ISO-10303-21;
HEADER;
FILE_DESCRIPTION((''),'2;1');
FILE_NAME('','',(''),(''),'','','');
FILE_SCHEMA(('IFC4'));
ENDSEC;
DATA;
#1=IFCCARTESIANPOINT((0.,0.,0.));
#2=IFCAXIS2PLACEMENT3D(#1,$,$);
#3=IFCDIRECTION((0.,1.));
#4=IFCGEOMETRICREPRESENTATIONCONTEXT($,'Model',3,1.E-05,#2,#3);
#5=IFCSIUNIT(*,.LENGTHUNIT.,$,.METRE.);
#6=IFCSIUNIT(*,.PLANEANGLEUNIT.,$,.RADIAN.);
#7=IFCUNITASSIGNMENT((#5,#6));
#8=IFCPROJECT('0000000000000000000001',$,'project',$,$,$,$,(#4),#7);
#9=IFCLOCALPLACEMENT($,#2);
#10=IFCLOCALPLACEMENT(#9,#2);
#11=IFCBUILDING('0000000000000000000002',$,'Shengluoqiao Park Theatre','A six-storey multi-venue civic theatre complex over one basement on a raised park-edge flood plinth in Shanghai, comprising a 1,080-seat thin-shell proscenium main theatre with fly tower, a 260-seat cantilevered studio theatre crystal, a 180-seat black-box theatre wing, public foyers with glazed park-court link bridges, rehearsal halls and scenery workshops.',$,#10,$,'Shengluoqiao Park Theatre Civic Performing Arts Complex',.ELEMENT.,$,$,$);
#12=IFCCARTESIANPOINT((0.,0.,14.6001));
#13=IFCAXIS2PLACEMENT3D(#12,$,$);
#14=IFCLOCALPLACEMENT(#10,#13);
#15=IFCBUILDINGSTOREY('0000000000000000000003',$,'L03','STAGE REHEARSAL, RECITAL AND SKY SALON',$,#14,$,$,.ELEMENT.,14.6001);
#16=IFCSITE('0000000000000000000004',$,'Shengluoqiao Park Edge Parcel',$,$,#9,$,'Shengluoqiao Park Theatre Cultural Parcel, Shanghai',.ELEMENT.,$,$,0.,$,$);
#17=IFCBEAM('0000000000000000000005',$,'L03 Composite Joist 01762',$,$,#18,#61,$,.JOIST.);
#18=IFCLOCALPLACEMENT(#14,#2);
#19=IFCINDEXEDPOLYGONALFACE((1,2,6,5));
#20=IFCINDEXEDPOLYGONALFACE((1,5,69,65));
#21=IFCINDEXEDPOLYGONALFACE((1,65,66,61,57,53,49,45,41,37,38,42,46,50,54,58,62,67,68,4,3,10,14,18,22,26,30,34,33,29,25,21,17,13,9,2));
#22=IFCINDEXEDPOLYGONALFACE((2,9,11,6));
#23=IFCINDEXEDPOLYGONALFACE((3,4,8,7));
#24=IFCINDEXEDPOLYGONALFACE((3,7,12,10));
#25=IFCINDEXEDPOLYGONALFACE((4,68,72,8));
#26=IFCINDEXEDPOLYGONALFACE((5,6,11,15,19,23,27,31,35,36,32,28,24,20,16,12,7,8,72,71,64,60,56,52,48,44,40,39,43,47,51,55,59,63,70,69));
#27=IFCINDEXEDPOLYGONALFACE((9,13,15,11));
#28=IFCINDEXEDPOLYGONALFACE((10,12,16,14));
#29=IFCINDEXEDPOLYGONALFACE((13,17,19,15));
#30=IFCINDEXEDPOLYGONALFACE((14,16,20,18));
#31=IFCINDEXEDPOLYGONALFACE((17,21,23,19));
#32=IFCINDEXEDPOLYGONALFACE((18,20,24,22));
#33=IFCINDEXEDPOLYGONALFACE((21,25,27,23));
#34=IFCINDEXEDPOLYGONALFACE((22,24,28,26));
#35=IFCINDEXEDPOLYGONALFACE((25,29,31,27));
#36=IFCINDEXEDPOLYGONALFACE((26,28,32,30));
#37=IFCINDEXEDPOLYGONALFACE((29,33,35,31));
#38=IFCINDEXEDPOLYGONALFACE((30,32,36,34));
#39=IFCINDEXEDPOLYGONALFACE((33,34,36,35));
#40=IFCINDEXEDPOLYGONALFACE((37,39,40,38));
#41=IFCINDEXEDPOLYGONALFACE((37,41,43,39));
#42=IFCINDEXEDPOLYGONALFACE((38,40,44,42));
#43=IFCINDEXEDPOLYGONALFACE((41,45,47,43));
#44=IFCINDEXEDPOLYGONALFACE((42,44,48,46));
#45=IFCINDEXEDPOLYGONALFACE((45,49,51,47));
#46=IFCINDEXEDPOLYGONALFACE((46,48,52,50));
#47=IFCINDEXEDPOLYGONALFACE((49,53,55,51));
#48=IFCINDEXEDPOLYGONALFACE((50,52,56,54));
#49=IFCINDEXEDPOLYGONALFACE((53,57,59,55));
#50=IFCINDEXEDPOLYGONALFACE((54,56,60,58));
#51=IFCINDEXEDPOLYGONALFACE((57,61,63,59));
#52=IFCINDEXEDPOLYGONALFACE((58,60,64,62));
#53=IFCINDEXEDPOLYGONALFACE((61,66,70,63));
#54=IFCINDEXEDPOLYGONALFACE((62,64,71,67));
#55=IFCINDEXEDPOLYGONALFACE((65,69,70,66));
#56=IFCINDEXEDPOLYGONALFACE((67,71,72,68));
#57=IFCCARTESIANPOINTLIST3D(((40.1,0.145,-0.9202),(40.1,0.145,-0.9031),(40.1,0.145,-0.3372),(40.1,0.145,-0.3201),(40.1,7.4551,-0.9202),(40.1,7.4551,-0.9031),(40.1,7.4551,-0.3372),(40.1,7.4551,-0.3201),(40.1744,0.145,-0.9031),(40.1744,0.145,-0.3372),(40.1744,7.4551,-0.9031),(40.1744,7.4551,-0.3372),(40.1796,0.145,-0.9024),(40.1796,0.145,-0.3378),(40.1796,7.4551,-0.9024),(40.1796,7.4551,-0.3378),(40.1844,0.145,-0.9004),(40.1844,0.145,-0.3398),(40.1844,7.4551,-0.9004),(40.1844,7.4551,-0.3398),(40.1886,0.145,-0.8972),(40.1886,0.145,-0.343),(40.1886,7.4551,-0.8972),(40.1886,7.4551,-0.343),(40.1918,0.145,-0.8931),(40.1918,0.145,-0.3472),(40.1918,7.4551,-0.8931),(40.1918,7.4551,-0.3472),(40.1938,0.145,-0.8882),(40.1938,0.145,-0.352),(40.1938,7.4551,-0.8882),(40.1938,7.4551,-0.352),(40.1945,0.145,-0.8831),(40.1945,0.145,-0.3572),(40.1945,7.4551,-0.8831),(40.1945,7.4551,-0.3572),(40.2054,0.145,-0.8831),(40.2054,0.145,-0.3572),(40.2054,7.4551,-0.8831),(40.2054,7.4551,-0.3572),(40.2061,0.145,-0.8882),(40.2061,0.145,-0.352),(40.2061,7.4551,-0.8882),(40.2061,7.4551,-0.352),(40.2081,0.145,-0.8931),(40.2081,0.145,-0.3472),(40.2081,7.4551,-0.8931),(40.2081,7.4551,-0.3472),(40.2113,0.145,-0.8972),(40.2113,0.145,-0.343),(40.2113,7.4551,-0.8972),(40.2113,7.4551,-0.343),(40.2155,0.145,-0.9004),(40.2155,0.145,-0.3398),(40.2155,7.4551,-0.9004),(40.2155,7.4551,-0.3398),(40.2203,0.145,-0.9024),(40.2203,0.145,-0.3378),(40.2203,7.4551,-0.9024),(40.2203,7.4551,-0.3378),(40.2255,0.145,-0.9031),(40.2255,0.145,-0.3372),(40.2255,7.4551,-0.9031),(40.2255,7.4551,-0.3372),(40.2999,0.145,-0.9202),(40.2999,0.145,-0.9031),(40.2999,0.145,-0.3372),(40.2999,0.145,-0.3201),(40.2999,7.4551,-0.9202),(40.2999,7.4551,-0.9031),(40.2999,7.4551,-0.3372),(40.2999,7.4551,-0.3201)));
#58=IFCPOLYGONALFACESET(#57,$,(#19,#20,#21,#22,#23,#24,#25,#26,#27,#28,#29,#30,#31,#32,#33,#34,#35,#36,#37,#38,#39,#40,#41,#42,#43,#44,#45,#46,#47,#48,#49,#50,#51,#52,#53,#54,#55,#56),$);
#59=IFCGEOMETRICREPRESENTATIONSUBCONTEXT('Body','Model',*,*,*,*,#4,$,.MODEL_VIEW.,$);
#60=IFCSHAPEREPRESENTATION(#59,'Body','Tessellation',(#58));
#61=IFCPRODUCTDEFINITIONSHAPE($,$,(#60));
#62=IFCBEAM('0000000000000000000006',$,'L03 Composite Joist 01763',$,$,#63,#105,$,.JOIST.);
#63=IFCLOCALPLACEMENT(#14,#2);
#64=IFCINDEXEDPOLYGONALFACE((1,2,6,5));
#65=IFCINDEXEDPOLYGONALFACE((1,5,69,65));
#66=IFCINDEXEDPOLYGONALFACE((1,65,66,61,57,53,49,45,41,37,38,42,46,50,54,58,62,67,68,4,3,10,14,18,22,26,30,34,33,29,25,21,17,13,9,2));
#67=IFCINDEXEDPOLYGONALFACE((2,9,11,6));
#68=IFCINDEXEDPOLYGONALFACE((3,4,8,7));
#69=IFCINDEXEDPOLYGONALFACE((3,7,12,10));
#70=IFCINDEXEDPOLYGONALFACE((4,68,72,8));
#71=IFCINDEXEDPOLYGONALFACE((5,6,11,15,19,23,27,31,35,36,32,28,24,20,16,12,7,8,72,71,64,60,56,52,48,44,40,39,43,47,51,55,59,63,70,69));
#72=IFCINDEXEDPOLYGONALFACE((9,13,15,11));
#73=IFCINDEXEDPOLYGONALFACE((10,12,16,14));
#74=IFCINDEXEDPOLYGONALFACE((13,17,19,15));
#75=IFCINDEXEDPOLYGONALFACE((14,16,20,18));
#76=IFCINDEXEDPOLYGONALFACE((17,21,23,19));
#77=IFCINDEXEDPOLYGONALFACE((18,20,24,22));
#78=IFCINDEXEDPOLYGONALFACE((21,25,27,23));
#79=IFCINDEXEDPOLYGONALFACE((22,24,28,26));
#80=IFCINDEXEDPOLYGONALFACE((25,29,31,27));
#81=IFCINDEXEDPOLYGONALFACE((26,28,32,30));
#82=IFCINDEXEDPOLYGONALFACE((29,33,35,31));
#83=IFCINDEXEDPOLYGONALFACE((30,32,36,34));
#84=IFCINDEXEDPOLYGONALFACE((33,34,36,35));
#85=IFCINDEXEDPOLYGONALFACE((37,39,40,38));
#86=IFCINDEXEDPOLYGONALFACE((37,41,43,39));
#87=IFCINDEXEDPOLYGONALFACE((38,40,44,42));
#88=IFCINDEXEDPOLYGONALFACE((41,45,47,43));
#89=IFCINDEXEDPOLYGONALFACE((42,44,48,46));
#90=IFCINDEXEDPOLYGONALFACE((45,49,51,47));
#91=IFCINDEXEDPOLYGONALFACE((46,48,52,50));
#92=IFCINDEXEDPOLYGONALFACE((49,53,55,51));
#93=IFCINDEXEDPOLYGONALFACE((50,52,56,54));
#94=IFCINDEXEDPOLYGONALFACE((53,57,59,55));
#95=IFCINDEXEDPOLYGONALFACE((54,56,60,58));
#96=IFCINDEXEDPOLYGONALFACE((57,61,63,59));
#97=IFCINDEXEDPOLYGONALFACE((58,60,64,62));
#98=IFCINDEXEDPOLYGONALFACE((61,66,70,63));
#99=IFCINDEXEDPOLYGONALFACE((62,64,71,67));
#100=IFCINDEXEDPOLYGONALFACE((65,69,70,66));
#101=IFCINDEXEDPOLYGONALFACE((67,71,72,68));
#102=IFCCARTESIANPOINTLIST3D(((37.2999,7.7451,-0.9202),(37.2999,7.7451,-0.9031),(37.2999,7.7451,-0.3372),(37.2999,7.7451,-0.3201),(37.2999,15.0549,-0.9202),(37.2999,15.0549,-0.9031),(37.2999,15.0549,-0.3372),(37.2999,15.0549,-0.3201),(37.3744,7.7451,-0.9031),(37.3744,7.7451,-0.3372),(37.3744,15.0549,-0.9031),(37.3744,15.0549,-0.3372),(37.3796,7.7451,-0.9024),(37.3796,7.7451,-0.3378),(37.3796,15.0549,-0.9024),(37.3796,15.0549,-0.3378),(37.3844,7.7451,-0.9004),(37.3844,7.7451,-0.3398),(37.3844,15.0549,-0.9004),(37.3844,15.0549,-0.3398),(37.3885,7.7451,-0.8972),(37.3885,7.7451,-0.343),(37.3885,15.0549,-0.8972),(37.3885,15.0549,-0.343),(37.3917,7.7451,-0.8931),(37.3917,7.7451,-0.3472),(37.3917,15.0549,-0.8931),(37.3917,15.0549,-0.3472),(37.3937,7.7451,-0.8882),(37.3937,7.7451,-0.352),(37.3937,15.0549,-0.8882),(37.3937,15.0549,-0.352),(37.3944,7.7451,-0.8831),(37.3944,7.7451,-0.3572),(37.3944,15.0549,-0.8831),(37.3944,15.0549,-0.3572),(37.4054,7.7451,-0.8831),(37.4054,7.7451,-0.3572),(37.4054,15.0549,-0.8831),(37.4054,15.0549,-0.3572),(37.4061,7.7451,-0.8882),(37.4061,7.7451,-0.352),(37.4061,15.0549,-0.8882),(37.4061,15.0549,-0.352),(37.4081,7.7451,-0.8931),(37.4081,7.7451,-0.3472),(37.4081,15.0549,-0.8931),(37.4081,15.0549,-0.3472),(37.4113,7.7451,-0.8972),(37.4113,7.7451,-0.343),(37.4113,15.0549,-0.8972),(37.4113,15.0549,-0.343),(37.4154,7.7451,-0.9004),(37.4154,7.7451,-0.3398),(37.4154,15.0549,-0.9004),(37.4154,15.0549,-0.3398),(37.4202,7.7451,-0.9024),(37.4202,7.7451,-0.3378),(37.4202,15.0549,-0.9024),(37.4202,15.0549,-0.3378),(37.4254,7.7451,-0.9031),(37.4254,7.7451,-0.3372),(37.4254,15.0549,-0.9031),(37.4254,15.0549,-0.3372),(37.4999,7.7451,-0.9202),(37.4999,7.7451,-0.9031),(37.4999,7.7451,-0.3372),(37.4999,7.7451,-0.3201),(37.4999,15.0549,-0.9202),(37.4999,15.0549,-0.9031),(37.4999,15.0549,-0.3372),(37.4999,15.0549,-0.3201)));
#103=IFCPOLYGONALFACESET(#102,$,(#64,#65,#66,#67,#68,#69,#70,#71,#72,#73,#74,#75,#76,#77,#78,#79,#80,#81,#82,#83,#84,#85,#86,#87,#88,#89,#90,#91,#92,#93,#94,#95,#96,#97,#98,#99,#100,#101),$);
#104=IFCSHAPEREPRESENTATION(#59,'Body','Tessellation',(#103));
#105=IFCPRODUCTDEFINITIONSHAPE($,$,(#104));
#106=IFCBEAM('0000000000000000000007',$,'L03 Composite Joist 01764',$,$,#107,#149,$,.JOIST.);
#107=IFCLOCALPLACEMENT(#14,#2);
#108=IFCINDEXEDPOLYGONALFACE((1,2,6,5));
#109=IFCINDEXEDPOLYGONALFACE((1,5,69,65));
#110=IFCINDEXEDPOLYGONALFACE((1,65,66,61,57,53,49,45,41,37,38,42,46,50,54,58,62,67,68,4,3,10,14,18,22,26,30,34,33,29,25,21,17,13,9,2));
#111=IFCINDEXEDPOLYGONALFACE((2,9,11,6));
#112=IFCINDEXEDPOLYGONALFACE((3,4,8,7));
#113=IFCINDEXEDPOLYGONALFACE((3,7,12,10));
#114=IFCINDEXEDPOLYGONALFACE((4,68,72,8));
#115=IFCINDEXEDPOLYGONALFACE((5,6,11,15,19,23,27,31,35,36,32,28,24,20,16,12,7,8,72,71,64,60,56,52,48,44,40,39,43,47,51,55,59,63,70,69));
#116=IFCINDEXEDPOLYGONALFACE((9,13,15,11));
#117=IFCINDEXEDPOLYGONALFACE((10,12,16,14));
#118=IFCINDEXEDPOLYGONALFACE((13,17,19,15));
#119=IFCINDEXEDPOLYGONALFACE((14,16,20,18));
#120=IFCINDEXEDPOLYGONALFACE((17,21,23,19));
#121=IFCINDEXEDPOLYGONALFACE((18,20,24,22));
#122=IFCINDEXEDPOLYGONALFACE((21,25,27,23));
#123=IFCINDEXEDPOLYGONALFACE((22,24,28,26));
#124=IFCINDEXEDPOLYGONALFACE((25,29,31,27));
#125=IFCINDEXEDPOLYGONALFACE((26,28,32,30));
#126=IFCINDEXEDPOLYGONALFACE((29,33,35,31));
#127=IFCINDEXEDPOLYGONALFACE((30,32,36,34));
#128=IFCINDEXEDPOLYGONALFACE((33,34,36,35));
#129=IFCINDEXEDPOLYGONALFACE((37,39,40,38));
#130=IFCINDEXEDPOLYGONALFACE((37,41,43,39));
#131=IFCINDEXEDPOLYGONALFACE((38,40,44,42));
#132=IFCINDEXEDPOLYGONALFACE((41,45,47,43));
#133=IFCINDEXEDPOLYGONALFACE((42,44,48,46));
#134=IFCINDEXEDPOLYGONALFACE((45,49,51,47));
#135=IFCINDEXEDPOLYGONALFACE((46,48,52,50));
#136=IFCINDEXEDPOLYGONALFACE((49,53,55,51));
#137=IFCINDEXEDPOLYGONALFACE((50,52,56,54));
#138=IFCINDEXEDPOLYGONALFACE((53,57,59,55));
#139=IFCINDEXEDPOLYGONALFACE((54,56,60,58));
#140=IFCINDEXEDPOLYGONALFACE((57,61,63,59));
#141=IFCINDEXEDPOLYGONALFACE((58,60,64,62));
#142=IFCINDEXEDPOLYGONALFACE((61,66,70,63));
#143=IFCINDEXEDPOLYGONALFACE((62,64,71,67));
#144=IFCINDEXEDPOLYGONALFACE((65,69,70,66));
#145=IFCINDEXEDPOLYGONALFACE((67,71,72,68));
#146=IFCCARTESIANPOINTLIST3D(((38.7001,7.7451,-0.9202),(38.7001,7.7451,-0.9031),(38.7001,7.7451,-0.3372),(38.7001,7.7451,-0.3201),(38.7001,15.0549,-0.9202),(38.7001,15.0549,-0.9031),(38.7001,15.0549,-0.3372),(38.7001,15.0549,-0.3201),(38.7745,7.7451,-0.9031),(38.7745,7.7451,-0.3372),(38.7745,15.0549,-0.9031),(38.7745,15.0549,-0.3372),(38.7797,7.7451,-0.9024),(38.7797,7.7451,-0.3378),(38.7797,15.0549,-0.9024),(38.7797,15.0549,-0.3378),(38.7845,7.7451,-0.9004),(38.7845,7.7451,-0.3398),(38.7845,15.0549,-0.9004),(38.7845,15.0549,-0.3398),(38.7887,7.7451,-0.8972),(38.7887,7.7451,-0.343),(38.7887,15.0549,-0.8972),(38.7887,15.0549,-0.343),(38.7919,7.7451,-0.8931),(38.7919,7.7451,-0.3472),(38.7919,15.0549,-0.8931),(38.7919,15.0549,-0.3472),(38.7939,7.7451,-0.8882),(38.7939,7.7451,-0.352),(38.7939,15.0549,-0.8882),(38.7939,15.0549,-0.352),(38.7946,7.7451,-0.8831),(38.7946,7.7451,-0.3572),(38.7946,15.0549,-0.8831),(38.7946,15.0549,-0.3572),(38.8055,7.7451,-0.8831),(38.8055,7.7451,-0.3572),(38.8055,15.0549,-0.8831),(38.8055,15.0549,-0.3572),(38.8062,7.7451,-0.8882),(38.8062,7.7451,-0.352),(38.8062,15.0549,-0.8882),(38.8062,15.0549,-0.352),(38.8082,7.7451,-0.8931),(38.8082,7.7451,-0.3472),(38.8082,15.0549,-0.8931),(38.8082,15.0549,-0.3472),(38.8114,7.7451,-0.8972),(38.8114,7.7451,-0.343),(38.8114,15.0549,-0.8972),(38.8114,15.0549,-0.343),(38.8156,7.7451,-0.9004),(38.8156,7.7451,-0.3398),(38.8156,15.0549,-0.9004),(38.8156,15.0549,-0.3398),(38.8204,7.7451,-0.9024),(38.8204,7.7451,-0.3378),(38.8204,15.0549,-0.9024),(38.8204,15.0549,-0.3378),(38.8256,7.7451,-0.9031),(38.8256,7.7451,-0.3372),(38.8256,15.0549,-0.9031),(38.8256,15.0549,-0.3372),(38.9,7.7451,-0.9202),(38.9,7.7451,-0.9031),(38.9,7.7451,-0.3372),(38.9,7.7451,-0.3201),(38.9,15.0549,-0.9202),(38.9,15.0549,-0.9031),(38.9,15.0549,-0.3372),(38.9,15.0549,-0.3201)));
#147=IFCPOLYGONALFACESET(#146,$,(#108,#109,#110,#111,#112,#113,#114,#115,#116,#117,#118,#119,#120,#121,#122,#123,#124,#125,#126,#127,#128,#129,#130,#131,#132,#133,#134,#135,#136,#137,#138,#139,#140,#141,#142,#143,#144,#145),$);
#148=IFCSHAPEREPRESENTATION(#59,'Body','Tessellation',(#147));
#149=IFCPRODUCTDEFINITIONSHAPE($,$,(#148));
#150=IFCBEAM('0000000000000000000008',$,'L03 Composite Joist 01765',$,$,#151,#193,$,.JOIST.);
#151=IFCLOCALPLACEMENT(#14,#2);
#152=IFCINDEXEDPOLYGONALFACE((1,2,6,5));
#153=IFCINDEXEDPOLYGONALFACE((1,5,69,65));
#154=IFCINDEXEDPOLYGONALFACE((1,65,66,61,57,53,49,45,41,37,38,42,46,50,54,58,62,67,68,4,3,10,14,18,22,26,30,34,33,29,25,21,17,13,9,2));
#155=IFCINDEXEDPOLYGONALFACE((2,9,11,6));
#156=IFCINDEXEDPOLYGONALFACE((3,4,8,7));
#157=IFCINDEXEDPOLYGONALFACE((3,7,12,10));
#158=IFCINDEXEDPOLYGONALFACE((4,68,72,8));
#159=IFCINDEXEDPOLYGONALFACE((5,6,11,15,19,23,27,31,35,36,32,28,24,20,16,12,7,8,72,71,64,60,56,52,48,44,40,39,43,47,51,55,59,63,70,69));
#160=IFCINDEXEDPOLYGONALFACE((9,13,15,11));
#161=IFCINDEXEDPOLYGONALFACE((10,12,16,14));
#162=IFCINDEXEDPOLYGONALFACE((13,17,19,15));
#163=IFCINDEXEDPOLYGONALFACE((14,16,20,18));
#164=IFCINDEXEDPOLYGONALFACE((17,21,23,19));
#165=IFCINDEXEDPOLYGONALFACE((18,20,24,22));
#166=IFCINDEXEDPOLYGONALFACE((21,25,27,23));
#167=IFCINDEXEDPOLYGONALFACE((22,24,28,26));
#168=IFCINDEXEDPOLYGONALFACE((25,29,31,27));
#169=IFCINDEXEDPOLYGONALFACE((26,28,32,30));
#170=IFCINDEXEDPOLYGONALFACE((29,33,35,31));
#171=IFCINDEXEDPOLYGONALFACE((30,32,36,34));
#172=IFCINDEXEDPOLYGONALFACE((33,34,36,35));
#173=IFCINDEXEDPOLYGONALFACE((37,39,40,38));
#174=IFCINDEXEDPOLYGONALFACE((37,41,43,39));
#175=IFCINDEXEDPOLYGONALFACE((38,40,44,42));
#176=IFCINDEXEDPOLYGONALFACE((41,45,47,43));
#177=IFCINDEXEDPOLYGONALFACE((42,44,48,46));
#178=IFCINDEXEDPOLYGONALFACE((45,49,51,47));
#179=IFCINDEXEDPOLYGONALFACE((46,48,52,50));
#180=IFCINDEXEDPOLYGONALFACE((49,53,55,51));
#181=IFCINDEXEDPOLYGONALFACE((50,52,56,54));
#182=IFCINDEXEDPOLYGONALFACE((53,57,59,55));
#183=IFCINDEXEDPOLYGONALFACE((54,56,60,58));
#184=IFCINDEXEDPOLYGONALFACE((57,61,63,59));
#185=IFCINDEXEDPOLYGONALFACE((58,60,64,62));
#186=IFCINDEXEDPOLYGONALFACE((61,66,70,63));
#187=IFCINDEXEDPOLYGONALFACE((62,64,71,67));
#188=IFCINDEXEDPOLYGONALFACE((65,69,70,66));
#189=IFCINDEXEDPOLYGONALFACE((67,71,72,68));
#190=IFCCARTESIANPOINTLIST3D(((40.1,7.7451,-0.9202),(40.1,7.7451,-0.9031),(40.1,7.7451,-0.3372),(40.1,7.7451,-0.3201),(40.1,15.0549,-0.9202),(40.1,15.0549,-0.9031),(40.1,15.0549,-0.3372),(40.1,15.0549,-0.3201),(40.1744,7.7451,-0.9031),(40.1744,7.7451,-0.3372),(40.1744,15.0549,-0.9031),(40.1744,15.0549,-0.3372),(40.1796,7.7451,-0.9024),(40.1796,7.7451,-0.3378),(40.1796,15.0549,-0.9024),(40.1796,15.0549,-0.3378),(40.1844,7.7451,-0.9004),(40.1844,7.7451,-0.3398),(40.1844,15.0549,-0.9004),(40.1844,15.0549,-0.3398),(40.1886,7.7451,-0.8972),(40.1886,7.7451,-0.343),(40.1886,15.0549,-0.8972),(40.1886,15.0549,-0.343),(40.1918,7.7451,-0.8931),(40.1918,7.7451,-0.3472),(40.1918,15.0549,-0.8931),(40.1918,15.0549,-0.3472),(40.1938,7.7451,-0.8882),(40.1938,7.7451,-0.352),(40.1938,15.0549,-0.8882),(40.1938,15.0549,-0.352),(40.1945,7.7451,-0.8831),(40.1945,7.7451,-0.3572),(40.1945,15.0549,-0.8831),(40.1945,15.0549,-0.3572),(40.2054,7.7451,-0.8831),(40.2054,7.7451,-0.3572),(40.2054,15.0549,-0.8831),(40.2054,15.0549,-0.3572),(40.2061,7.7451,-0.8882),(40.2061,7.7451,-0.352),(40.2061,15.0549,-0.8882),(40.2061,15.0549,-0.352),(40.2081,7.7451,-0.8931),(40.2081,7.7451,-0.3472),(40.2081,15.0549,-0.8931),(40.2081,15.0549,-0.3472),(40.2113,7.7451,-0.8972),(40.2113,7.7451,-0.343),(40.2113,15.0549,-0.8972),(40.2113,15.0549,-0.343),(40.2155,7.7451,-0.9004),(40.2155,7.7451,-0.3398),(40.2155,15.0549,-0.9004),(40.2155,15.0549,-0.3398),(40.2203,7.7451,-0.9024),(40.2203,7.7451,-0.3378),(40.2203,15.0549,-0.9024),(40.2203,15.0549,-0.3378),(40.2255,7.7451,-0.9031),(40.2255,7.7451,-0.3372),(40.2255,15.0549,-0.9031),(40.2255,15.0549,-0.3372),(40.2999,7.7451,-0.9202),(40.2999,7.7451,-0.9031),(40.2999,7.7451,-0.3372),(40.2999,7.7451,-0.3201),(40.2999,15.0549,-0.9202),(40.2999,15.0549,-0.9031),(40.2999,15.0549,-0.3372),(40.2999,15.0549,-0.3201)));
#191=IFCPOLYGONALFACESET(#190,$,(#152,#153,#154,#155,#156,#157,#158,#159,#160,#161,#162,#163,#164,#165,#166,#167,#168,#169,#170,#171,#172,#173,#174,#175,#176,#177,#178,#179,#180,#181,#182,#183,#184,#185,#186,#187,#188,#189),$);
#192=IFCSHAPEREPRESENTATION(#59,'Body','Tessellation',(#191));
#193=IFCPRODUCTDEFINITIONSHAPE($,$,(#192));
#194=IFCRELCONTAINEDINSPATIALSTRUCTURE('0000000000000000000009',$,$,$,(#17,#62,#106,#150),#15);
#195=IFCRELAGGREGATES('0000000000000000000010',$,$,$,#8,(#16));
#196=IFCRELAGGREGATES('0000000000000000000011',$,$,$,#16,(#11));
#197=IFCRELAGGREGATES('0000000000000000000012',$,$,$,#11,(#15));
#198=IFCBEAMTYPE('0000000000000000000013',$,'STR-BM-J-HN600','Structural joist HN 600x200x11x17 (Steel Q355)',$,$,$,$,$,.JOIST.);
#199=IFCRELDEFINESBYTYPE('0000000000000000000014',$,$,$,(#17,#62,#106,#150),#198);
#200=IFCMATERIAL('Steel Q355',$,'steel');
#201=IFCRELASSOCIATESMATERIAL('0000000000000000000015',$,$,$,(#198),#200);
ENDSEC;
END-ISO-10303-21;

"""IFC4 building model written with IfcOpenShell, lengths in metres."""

from ifc_helpers import new_model, si_unit, direction, frame, origin, origin_2d, place, context, subcontext, project, spatial, i_section, extrude, material, material_profile, profile_set, type_object, element, save


model = new_model("IFC4")

# Units and contexts
model_context = context("Model", 3, precision=1e-05, world=origin(), true_north=direction((0.0, 1.0)))
body_context = subcontext(model_context, "Body", "Model", "MODEL_VIEW")
ifc_project = project(units=[si_unit("LENGTHUNIT", "METRE"), si_unit("PLANEANGLEUNIT", "RADIAN")], contexts=[model_context])

# Site, building, storey
site_placement = place(None, origin())
site = spatial("IfcSite", under=ifc_project, at=site_placement, Name="Shengluoqiao Park Edge Parcel", LongName="Shengluoqiao Park Theatre Cultural Parcel, Shanghai", CompositionType="ELEMENT", RefElevation=0.0)
building_placement = place(site_placement, origin())
building = spatial("IfcBuilding", under=site, at=building_placement, Name="Shengluoqiao Park Theatre", Description="A six-storey multi-venue civic theatre complex over one basement on a raised park-edge flood plinth in Shanghai, comprising a 1,080-seat thin-shell proscenium main theatre with fly tower, a 260-seat cantilevered studio theatre crystal, a 180-seat black-box theatre wing, public foyers with glazed park-court link bridges, rehearsal halls and scenery workshops.", LongName="Shengluoqiao Park Theatre Civic Performing Arts Complex", CompositionType="ELEMENT")
storey_placement = place(building_placement, frame((0.0, 0.0, 14.6001)))
storey = spatial("IfcBuildingStorey", under=building, at=storey_placement, Name="L03", Description="STAGE REHEARSAL, RECITAL AND SKY SALON", CompositionType="ELEMENT", Elevation=14.6001)

# Beams
ifc_material_1 = material(Name="Steel Q355", Category="steel")
ifc_material_profile_1 = material_profile(ifc_material_1, i_section(OverallWidth=0.2, OverallDepth=0.6001, WebThickness=0.011, FlangeThickness=0.0171, FilletRadius=0.02, at=origin_2d()), Name="HN 600x200x11x17")
ifc_profile_set_1 = profile_set([ifc_material_profile_1], Name="Steel Q355")
beam_type_1 = type_object("IfcBeamType", Name="STR-BM-J-HN600", Description="Structural joist HN 600x200x11x17 (Steel Q355)", PredefinedType="JOIST", material=ifc_profile_set_1)
for number, where, z_axis, x_axis, name in (
    (1, (40.2, 0.145, -0.6201), (0.0, 1.0, 0.0), (-1.0, 0.0, 0.0), "L03 Composite Joist 01762"),
):
    element("IfcBeam", number, at=place(storey_placement, frame(where, z_axis=z_axis, x_axis=x_axis)), inside=storey, type_object=beam_type_1, Name=name, PredefinedType="JOIST", context=body_context, shape_type="SweptSolid", body=[
        extrude(i_section(OverallWidth=0.2, OverallDepth=0.6001, WebThickness=0.011, FlangeThickness=0.0171, FilletRadius=0.02, at=origin_2d()), origin(), (0.0, 0.0, 1.0), 7.3101),
    ])
for number, where, z_axis, x_axis, name in (
    (2, (37.3999, 7.7451, -0.6201), (0.0, 1.0, 0.0), (-1.0, 0.0, 0.0), "L03 Composite Joist 01763"),
    (3, (38.8, 7.7451, -0.6201), (0.0, 1.0, 0.0), (-1.0, 0.0, 0.0), "L03 Composite Joist 01764"),
    (4, (40.2, 7.7451, -0.6201), (0.0, 1.0, 0.0), (-1.0, 0.0, 0.0), "L03 Composite Joist 01765"),
):
    element("IfcBeam", number, at=place(storey_placement, frame(where, z_axis=z_axis, x_axis=x_axis)), inside=storey, type_object=beam_type_1, Name=name, PredefinedType="JOIST", context=body_context, shape_type="SweptSolid", body=[
        extrude(i_section(OverallWidth=0.2, OverallDepth=0.6001, WebThickness=0.011, FlangeThickness=0.0171, FilletRadius=0.02, at=origin_2d()), origin(), (0.0, 0.0, 1.0), 7.3098),
    ])

save(model, "model.ifc")
